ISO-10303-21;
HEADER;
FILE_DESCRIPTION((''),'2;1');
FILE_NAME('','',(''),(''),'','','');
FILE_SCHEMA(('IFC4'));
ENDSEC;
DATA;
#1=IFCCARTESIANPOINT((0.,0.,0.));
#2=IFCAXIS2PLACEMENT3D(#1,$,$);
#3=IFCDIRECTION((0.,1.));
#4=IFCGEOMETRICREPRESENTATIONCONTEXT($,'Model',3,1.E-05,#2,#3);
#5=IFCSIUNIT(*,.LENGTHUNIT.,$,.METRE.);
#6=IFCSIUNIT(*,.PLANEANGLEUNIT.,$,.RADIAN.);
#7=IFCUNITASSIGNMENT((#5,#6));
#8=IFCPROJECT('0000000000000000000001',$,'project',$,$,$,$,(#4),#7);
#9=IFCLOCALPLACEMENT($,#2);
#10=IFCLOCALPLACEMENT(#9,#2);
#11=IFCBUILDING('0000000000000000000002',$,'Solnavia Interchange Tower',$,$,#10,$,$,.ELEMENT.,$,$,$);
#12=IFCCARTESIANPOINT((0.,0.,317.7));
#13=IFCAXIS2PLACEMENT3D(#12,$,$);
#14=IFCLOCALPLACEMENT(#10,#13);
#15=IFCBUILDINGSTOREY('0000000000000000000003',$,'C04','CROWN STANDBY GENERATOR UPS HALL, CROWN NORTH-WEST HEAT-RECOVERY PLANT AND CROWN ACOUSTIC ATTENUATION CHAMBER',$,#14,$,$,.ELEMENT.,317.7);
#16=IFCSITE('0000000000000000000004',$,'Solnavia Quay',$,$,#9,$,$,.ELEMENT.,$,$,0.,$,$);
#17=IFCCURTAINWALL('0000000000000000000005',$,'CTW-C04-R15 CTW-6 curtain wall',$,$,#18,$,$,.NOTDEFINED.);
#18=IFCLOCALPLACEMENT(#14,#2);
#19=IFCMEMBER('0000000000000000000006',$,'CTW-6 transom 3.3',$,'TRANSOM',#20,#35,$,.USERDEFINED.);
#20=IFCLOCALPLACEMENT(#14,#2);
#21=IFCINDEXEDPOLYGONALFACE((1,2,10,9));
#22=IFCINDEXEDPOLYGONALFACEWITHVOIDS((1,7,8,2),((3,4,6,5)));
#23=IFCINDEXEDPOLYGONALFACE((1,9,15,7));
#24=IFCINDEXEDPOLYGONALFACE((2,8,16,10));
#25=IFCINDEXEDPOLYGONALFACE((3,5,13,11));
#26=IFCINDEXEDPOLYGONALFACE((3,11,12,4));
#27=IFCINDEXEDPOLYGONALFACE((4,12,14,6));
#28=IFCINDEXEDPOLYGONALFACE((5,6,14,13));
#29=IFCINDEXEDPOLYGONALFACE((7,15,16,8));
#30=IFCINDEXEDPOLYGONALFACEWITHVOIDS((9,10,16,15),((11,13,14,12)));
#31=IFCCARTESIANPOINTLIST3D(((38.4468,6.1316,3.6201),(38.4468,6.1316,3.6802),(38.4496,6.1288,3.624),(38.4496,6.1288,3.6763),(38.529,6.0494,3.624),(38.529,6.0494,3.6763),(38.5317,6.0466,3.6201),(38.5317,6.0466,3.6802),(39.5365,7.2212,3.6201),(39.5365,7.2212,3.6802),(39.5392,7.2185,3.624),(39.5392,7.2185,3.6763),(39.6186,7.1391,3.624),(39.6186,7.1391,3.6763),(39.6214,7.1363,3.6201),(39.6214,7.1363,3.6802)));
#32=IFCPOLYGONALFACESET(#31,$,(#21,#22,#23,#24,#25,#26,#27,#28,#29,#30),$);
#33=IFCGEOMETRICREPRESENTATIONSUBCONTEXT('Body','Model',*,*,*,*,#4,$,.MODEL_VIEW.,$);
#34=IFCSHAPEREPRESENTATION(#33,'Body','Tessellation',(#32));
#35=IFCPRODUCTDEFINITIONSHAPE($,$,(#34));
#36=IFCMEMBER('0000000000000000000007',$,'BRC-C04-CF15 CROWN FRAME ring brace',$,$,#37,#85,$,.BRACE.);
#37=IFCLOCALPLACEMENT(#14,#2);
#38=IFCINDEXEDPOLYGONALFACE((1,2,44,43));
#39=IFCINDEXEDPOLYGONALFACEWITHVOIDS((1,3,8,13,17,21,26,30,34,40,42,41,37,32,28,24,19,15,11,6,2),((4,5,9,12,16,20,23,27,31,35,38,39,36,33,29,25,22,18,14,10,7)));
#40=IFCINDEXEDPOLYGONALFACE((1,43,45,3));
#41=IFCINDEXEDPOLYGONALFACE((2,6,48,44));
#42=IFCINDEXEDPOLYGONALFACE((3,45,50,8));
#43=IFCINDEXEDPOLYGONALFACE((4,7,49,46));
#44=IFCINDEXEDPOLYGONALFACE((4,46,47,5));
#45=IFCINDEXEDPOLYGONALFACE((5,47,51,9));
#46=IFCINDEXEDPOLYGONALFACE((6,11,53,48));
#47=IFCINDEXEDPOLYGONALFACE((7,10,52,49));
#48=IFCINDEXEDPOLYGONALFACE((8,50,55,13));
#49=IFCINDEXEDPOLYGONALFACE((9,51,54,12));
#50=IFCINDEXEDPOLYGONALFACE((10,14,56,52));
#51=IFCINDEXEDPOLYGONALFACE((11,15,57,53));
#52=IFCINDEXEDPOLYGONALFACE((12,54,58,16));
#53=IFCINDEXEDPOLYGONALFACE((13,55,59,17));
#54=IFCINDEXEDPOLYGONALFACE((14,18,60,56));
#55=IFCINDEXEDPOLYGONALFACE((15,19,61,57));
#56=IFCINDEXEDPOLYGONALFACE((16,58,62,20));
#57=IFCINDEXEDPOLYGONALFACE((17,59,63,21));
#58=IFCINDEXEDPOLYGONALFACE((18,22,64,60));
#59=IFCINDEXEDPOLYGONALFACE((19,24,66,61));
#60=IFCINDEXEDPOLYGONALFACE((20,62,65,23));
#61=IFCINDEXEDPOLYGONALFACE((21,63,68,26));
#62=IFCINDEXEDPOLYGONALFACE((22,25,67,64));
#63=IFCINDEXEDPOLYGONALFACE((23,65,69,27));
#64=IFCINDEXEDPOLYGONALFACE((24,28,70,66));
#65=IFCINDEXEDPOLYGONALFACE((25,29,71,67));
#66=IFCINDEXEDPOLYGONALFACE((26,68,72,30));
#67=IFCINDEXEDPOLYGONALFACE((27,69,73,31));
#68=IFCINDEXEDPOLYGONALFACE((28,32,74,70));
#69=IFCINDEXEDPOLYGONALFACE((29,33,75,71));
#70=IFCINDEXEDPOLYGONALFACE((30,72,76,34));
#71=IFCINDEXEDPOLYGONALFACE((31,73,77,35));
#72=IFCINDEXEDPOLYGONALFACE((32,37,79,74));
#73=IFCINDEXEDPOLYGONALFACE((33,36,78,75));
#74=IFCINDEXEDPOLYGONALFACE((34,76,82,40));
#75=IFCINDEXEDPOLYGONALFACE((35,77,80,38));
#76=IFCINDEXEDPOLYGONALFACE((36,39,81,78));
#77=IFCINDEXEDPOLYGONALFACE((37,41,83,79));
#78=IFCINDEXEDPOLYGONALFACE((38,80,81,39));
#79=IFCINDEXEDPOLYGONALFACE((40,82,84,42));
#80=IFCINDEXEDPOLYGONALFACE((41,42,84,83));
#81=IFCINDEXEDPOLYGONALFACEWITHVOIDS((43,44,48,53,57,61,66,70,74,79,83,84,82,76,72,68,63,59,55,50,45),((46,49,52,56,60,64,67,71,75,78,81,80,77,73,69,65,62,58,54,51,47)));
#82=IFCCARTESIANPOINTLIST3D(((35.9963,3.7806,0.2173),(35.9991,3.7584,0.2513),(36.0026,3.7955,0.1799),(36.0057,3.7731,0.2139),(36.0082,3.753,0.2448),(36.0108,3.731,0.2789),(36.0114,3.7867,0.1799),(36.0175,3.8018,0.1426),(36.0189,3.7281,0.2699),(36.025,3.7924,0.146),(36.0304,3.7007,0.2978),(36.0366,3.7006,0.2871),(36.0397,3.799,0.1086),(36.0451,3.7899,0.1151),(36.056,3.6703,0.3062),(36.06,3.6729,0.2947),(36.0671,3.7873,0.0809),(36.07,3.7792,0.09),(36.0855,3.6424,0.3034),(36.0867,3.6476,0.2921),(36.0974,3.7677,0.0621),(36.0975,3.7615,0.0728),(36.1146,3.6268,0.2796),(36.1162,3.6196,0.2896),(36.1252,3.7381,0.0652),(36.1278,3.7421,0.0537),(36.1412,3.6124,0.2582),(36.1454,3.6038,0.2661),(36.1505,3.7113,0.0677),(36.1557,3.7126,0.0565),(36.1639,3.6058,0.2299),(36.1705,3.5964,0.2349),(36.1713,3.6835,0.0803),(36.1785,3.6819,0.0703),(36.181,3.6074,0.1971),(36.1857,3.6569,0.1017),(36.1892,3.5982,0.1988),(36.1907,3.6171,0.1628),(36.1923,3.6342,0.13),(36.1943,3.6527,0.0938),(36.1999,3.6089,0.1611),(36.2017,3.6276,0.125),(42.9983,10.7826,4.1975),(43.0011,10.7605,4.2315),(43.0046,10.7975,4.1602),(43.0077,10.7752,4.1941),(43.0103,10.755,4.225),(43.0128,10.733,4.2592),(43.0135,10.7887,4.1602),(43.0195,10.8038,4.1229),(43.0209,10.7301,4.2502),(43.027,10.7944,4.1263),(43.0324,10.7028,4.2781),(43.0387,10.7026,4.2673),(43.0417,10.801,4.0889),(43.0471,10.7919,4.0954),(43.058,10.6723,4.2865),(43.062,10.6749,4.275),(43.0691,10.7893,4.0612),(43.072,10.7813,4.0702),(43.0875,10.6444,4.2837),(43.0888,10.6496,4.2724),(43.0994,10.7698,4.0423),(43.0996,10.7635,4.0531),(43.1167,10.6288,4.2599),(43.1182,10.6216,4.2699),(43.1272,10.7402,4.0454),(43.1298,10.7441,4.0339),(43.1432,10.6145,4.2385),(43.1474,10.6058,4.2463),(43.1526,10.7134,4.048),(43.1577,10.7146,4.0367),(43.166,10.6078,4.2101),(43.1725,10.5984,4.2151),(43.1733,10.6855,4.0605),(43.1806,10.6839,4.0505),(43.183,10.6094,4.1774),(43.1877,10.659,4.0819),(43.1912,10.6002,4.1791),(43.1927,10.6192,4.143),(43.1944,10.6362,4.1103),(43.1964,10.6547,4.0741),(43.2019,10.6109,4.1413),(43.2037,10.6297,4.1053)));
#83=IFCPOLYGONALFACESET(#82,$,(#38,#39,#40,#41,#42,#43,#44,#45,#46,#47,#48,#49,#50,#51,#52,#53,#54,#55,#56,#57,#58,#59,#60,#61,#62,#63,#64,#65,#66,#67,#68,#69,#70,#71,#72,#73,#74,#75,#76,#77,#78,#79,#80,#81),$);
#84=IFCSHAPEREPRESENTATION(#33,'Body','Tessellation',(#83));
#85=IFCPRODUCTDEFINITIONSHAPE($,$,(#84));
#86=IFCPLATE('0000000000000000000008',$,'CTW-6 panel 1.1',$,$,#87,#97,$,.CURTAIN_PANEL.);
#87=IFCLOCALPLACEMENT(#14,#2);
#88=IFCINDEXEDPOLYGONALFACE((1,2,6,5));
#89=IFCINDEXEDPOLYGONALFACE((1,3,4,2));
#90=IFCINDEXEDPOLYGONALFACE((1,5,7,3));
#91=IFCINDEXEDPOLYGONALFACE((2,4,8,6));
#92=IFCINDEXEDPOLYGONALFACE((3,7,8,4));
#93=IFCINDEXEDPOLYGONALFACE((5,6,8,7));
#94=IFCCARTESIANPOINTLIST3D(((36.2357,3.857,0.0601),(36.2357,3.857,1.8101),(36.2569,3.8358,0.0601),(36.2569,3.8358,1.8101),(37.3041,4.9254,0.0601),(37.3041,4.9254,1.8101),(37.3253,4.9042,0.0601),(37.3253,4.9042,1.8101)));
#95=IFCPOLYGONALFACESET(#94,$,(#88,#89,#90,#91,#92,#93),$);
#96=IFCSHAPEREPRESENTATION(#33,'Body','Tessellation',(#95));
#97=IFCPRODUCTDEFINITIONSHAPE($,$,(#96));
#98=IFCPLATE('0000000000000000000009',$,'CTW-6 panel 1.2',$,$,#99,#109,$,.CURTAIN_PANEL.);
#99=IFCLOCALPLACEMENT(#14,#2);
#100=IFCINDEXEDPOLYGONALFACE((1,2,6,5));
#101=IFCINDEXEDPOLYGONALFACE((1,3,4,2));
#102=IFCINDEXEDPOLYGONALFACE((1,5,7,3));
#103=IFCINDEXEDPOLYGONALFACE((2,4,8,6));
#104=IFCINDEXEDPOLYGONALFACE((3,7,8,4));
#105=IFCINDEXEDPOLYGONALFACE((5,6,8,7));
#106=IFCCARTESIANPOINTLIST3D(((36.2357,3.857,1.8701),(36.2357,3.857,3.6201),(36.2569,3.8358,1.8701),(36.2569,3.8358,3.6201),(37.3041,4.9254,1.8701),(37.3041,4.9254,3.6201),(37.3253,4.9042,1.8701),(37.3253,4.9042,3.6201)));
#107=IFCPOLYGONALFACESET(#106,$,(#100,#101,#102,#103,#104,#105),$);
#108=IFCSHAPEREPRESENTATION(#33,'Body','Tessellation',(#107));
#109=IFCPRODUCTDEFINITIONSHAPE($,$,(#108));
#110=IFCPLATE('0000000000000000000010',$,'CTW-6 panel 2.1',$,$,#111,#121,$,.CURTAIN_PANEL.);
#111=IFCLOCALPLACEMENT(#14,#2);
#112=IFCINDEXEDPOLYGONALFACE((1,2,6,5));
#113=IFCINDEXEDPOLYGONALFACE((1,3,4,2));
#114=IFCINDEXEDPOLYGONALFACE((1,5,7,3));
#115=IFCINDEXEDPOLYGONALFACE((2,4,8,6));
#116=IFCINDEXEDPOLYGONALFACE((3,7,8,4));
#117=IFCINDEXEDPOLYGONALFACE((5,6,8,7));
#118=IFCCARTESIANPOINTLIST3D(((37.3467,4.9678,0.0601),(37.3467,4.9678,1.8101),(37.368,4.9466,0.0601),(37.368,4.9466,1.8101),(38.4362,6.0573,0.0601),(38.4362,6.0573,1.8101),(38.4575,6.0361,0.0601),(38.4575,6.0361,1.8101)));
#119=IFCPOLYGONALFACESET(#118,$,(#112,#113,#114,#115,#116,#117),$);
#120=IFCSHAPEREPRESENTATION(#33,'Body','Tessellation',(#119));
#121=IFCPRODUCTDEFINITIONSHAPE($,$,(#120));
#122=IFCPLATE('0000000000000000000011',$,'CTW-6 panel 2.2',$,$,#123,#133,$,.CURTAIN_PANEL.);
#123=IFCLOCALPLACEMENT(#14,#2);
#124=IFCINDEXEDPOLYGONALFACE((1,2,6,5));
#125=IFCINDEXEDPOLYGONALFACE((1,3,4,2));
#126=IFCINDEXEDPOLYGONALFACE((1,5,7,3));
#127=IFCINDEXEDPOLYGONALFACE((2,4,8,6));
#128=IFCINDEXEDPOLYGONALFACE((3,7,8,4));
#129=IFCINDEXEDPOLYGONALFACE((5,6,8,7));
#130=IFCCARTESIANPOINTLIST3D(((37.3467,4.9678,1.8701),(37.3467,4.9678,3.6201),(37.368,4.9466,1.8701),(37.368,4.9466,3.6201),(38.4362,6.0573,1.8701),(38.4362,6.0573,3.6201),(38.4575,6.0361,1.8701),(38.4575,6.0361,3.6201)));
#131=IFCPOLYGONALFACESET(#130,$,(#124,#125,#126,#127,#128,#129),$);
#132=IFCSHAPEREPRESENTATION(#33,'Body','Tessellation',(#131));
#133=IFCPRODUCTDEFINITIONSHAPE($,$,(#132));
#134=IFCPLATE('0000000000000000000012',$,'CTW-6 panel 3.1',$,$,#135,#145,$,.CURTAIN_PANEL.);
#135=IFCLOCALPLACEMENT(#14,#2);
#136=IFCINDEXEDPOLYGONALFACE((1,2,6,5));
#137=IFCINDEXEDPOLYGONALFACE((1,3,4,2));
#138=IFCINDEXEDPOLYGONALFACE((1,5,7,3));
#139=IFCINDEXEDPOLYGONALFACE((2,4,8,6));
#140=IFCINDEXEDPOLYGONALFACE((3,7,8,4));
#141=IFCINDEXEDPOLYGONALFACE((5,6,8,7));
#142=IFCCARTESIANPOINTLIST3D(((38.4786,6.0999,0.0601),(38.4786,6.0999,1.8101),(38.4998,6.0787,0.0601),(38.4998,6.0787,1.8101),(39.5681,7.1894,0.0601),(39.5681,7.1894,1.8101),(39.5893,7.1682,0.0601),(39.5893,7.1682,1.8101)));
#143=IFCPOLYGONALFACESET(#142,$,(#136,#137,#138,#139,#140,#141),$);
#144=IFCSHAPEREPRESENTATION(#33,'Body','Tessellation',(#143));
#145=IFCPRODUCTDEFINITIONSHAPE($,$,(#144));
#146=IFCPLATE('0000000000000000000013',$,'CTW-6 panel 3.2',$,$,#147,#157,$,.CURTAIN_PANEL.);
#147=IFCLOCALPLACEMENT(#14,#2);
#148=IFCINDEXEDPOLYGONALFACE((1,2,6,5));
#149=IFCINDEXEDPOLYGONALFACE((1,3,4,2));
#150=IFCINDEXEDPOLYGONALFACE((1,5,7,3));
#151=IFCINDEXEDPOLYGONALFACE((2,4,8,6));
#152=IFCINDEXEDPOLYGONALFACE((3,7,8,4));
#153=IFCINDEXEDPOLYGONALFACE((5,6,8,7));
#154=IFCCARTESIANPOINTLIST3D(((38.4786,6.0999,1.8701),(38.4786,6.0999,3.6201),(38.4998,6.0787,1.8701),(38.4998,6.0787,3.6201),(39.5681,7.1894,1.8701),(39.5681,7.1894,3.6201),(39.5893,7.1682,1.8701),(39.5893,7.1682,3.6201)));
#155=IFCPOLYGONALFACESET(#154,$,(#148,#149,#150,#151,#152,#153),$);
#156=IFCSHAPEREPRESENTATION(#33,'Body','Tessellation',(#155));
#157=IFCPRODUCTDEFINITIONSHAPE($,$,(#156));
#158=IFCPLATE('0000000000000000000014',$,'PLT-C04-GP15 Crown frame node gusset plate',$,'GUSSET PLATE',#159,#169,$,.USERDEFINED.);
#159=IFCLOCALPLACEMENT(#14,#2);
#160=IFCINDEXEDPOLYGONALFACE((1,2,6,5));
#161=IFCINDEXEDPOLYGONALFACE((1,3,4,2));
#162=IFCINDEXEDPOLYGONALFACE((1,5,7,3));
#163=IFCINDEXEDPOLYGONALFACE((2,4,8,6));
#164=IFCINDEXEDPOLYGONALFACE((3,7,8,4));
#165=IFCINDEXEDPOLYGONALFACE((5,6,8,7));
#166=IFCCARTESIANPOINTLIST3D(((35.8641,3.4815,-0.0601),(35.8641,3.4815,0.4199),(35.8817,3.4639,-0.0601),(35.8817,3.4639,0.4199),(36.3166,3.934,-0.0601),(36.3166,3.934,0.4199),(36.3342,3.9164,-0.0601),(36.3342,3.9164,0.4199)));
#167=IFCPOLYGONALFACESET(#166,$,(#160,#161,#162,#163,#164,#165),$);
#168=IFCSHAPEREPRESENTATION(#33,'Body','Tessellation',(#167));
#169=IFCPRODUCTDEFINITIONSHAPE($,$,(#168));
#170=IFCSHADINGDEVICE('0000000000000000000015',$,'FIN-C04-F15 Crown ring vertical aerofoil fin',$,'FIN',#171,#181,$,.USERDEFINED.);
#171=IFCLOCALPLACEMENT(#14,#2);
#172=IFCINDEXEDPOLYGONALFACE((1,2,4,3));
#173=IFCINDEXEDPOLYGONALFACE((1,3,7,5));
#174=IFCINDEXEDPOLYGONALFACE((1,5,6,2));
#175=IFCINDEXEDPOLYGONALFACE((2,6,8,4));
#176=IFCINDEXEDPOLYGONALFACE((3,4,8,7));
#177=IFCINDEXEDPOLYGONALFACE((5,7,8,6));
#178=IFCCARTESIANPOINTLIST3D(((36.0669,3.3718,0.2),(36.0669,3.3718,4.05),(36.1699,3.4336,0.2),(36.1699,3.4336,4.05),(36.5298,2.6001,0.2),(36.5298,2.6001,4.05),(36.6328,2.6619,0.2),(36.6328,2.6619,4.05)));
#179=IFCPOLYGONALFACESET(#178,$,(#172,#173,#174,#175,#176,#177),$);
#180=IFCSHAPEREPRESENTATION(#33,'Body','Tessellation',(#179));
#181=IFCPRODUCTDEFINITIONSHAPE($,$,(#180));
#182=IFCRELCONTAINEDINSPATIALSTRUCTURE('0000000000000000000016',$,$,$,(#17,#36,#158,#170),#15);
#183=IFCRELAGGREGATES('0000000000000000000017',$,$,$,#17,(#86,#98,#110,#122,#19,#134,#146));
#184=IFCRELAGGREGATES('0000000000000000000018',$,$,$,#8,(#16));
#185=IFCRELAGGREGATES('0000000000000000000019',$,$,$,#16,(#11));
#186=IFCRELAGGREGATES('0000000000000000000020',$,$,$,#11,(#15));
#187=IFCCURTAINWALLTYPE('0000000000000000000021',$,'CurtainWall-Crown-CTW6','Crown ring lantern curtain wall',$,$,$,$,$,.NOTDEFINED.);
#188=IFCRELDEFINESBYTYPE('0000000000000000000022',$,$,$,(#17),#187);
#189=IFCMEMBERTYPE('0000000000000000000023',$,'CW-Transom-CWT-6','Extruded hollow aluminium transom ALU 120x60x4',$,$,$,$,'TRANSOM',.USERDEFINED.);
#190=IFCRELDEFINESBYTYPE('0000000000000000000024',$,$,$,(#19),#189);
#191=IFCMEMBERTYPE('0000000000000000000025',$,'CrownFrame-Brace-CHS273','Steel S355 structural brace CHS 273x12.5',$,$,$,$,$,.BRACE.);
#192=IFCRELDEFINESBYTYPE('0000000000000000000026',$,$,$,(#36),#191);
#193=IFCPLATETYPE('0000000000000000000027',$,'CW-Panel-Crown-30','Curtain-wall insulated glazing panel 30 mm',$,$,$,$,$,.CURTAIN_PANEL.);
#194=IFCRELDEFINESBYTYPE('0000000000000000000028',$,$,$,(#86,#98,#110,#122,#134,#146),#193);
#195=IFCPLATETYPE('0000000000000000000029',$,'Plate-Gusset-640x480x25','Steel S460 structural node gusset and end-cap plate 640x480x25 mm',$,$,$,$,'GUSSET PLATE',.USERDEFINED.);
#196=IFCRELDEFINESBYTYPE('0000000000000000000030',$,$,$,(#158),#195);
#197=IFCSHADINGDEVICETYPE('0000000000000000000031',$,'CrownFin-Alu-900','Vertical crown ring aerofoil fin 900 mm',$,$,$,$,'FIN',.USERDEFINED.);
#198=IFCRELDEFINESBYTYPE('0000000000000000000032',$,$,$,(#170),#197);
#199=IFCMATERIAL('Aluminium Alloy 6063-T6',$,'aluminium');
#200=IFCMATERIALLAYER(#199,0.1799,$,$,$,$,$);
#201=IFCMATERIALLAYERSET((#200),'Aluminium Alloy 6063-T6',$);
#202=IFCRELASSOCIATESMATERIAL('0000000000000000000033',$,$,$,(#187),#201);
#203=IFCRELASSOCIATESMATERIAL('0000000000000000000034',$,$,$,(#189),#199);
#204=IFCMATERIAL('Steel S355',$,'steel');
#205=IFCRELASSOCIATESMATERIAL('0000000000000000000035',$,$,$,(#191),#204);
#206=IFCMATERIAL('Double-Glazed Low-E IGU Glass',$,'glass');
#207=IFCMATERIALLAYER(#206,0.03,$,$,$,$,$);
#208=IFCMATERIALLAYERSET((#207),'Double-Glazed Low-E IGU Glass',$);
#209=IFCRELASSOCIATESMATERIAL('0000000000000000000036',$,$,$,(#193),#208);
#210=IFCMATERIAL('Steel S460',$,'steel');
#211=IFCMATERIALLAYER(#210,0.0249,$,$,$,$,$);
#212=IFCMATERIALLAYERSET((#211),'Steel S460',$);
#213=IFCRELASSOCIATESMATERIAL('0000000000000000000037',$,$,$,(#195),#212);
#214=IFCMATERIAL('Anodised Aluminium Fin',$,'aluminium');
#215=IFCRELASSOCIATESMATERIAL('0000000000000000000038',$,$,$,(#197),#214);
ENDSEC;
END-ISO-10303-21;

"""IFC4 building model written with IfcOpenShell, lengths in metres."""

from ifc_helpers import new_model, si_unit, direction, frame, origin, origin_2d, place, context, subcontext, project, spatial, rectangle, hollow_rectangle, hollow_circle, extrude, material, layer, layer_set, material_profile, profile_set, type_object, element, aggregate, save


model = new_model("IFC4")

# Units and contexts
model_context = context("Model", 3, precision=1e-05, world=origin(), true_north=direction((0.0, 1.0)))
body_context = subcontext(model_context, "Body", "Model", "MODEL_VIEW")
ifc_project = project(units=[si_unit("LENGTHUNIT", "METRE"), si_unit("PLANEANGLEUNIT", "RADIAN")], contexts=[model_context])

# Site, building, storey
site_placement = place(None, origin())
site = spatial("IfcSite", under=ifc_project, at=site_placement, Name="Solnavia Quay", CompositionType="ELEMENT", RefElevation=0.0)
building_placement = place(site_placement, origin())
building = spatial("IfcBuilding", under=site, at=building_placement, Name="Solnavia Interchange Tower", CompositionType="ELEMENT")
storey_placement = place(building_placement, frame((0.0, 0.0, 317.7)))
storey = spatial("IfcBuildingStorey", under=building, at=storey_placement, Name="C04", Description="CROWN STANDBY GENERATOR UPS HALL, CROWN NORTH-WEST HEAT-RECOVERY PLANT AND CROWN ACOUSTIC ATTENUATION CHAMBER", CompositionType="ELEMENT", Elevation=317.7)

# Curtain wall, member
ifc_material_1 = material(Name="Aluminium Alloy 6063-T6", Category="aluminium")
ifc_layer_1 = layer(ifc_material_1, 0.1799)
ifc_layer_set_1 = layer_set([ifc_layer_1], Name="Aluminium Alloy 6063-T6")
curtain_wall_type = type_object("IfcCurtainWallType", Name="CurtainWall-Crown-CTW6", Description="Crown ring lantern curtain wall", PredefinedType="NOTDEFINED", material=ifc_layer_set_1)
curtain_wall_placement = place(storey_placement, origin())
curtain_wall = element("IfcCurtainWall", 1, at=curtain_wall_placement, inside=storey, type_object=curtain_wall_type, Name="CTW-C04-R15 CTW-6 curtain wall", PredefinedType="NOTDEFINED")
ifc_material_profile_1 = material_profile(ifc_material_1, hollow_rectangle(XDim=0.0601, YDim=0.1201, WallThickness=0.0039, at=origin_2d()), Name="ALU 120x60x4")
ifc_profile_set_1 = profile_set([ifc_material_profile_1], Name="Aluminium Alloy 6063-T6")
member_type_1 = type_object("IfcMemberType", Name="CW-Transom-CWT-6", Description="Extruded hollow aluminium transom ALU 120x60x4", ElementType="TRANSOM", PredefinedType="USERDEFINED", material=ifc_profile_set_1)
member_1_placement = place(storey_placement, frame((38.4893, 6.0891, 3.6501), z_axis=(0.707107, 0.707107, 0.0), x_axis=(0.0, 0.0, 1.0)))
member_1 = element("IfcMember", 2, at=member_1_placement, type_object=member_type_1, Name="CTW-6 transom 3.3", ObjectType="TRANSOM", PredefinedType="USERDEFINED", context=body_context, shape_type="SweptSolid", body=[
    extrude(hollow_rectangle(XDim=0.0601, YDim=0.1201, WallThickness=0.0039, at=origin_2d()), origin(), (0.0, 0.0, 1.0), 1.541),
])

# Member
ifc_material_2 = material(Name="Steel S355", Category="steel")
ifc_material_profile_2 = material_profile(ifc_material_2, hollow_circle(Radius=0.1365, WallThickness=0.0125, at=origin_2d()), Name="CHS 273x12.5")
ifc_profile_set_2 = profile_set([ifc_material_profile_2], Name="Steel S355")
member_type_2 = type_object("IfcMemberType", Name="CrownFrame-Brace-CHS273", Description="Steel S355 structural brace CHS 273x12.5", PredefinedType="BRACE", material=ifc_profile_set_2)
member_2_placement = place(storey_placement, frame((36.0991, 3.699, 0.1799), z_axis=(0.65609, 0.65609, 0.372951), x_axis=(-0.707107, 0.707107, 0.0)))
element("IfcMember", 3, at=member_2_placement, inside=storey, type_object=member_type_2, Name="BRC-C04-CF15 CROWN FRAME ring brace", PredefinedType="BRACE", context=body_context, shape_type="SweptSolid", body=[
    extrude(hollow_circle(Radius=0.1365, WallThickness=0.0125, at=origin_2d()), origin(), (0.0, 0.0, 1.0), 10.6724),
])

# Plates
ifc_material_3 = material(Name="Double-Glazed Low-E IGU Glass", Category="glass")
ifc_layer_2 = layer(ifc_material_3, 0.03)
ifc_layer_set_2 = layer_set([ifc_layer_2], Name="Double-Glazed Low-E IGU Glass")
plate_type_1 = type_object("IfcPlateType", Name="CW-Panel-Crown-30", Description="Curtain-wall insulated glazing panel 30 mm", PredefinedType="CURTAIN_PANEL", material=ifc_layer_set_2)
plate_1_placement = place(storey_placement, frame((36.7805, 4.3806, 0.0601), z_axis=(0.0, 0.0, 1.0), x_axis=(0.707107, 0.707107, 0.0)))
plate_1 = element("IfcPlate", 4, at=plate_1_placement, type_object=plate_type_1, Name="CTW-6 panel 1.1", PredefinedType="CURTAIN_PANEL", context=body_context, shape_type="SweptSolid", body=[
    extrude(rectangle(XDim=1.511, YDim=0.03, at=origin_2d()), origin(), (0.0, 0.0, 1.0), 1.75),
])
plate_2_placement = place(storey_placement, frame((36.7805, 4.3806, 1.8701), z_axis=(0.0, 0.0, 1.0), x_axis=(0.707107, 0.707107, 0.0)))
plate_2 = element("IfcPlate", 5, at=plate_2_placement, type_object=plate_type_1, Name="CTW-6 panel 1.2", PredefinedType="CURTAIN_PANEL", context=body_context, shape_type="SweptSolid", body=[
    extrude(rectangle(XDim=1.511, YDim=0.03, at=origin_2d()), origin(), (0.0, 0.0, 1.0), 1.75),
])
plate_3_placement = place(storey_placement, frame((37.9021, 5.502, 0.0601), z_axis=(0.0, 0.0, 1.0), x_axis=(0.707107, 0.707107, 0.0)))
plate_3 = element("IfcPlate", 6, at=plate_3_placement, type_object=plate_type_1, Name="CTW-6 panel 2.1", PredefinedType="CURTAIN_PANEL", context=body_context, shape_type="SweptSolid", body=[
    extrude(rectangle(XDim=1.5408, YDim=0.03, at=origin_2d()), origin(), (0.0, 0.0, 1.0), 1.75),
])
plate_4_placement = place(storey_placement, frame((37.9021, 5.502, 1.8701), z_axis=(0.0, 0.0, 1.0), x_axis=(0.707107, 0.707107, 0.0)))
plate_4 = element("IfcPlate", 7, at=plate_4_placement, type_object=plate_type_1, Name="CTW-6 panel 2.2", PredefinedType="CURTAIN_PANEL", context=body_context, shape_type="SweptSolid", body=[
    extrude(rectangle(XDim=1.5408, YDim=0.03, at=origin_2d()), origin(), (0.0, 0.0, 1.0), 1.75),
])
plate_5_placement = place(storey_placement, frame((39.0339, 6.634, 0.0601), z_axis=(0.0, 0.0, 1.0), x_axis=(0.707107, 0.707107, 0.0)))
plate_5 = element("IfcPlate", 8, at=plate_5_placement, type_object=plate_type_1, Name="CTW-6 panel 3.1", PredefinedType="CURTAIN_PANEL", context=body_context, shape_type="SweptSolid", body=[
    extrude(rectangle(XDim=1.5408, YDim=0.03, at=origin_2d()), origin(), (0.0, 0.0, 1.0), 1.75),
])
plate_6_placement = place(storey_placement, frame((39.0339, 6.634, 1.8701), z_axis=(0.0, 0.0, 1.0), x_axis=(0.707107, 0.707107, 0.0)))
plate_6 = element("IfcPlate", 9, at=plate_6_placement, type_object=plate_type_1, Name="CTW-6 panel 3.2", PredefinedType="CURTAIN_PANEL", context=body_context, shape_type="SweptSolid", body=[
    extrude(rectangle(XDim=1.5408, YDim=0.03, at=origin_2d()), origin(), (0.0, 0.0, 1.0), 1.75),
])
aggregate(curtain_wall, [plate_1, plate_2, plate_3, plate_4, member_1, plate_5, plate_6])
ifc_material_4 = material(Name="Steel S460", Category="steel")
ifc_layer_3 = layer(ifc_material_4, 0.0249)
ifc_layer_set_3 = layer_set([ifc_layer_3], Name="Steel S460")
plate_type_2 = type_object("IfcPlateType", Name="Plate-Gusset-640x480x25", Description="Steel S460 structural node gusset and end-cap plate 640x480x25 mm", ElementType="GUSSET PLATE", PredefinedType="USERDEFINED", material=ifc_layer_set_3)
plate_7_placement = place(storey_placement, frame((36.0991, 3.699, -0.0601), z_axis=(0.0, 0.0, 1.0), x_axis=(0.707107, 0.707107, 0.0)))
element("IfcPlate", 10, at=plate_7_placement, inside=storey, type_object=plate_type_2, Name="PLT-C04-GP15 Crown frame node gusset plate", ObjectType="GUSSET PLATE", PredefinedType="USERDEFINED", context=body_context, shape_type="SweptSolid", body=[
    extrude(rectangle(XDim=0.6399, YDim=0.0249, at=origin_2d()), origin(), (0.0, 0.0, 1.0), 0.48),
])

# Shading device
ifc_material_5 = material(Name="Anodised Aluminium Fin", Category="aluminium")
shading_device_type = type_object("IfcShadingDeviceType", Name="CrownFin-Alu-900", Description="Vertical crown ring aerofoil fin 900 mm", ElementType="FIN", PredefinedType="USERDEFINED", material=ifc_material_5)
shading_device_placement = place(storey_placement, frame((36.3499, 3.0168, 0.2), z_axis=(0.0, 0.0, 1.0), x_axis=(0.51444, -0.857527, 0.0)))
element("IfcShadingDevice", 11, at=shading_device_placement, inside=storey, type_object=shading_device_type, Name="FIN-C04-F15 Crown ring vertical aerofoil fin", ObjectType="FIN", PredefinedType="USERDEFINED", context=body_context, shape_type="SweptSolid", body=[
    extrude(rectangle(XDim=0.8999, YDim=0.1201, at=origin_2d()), origin(), (0.0, 0.0, 1.0), 3.8501),
])

save(model, "model.ifc")
